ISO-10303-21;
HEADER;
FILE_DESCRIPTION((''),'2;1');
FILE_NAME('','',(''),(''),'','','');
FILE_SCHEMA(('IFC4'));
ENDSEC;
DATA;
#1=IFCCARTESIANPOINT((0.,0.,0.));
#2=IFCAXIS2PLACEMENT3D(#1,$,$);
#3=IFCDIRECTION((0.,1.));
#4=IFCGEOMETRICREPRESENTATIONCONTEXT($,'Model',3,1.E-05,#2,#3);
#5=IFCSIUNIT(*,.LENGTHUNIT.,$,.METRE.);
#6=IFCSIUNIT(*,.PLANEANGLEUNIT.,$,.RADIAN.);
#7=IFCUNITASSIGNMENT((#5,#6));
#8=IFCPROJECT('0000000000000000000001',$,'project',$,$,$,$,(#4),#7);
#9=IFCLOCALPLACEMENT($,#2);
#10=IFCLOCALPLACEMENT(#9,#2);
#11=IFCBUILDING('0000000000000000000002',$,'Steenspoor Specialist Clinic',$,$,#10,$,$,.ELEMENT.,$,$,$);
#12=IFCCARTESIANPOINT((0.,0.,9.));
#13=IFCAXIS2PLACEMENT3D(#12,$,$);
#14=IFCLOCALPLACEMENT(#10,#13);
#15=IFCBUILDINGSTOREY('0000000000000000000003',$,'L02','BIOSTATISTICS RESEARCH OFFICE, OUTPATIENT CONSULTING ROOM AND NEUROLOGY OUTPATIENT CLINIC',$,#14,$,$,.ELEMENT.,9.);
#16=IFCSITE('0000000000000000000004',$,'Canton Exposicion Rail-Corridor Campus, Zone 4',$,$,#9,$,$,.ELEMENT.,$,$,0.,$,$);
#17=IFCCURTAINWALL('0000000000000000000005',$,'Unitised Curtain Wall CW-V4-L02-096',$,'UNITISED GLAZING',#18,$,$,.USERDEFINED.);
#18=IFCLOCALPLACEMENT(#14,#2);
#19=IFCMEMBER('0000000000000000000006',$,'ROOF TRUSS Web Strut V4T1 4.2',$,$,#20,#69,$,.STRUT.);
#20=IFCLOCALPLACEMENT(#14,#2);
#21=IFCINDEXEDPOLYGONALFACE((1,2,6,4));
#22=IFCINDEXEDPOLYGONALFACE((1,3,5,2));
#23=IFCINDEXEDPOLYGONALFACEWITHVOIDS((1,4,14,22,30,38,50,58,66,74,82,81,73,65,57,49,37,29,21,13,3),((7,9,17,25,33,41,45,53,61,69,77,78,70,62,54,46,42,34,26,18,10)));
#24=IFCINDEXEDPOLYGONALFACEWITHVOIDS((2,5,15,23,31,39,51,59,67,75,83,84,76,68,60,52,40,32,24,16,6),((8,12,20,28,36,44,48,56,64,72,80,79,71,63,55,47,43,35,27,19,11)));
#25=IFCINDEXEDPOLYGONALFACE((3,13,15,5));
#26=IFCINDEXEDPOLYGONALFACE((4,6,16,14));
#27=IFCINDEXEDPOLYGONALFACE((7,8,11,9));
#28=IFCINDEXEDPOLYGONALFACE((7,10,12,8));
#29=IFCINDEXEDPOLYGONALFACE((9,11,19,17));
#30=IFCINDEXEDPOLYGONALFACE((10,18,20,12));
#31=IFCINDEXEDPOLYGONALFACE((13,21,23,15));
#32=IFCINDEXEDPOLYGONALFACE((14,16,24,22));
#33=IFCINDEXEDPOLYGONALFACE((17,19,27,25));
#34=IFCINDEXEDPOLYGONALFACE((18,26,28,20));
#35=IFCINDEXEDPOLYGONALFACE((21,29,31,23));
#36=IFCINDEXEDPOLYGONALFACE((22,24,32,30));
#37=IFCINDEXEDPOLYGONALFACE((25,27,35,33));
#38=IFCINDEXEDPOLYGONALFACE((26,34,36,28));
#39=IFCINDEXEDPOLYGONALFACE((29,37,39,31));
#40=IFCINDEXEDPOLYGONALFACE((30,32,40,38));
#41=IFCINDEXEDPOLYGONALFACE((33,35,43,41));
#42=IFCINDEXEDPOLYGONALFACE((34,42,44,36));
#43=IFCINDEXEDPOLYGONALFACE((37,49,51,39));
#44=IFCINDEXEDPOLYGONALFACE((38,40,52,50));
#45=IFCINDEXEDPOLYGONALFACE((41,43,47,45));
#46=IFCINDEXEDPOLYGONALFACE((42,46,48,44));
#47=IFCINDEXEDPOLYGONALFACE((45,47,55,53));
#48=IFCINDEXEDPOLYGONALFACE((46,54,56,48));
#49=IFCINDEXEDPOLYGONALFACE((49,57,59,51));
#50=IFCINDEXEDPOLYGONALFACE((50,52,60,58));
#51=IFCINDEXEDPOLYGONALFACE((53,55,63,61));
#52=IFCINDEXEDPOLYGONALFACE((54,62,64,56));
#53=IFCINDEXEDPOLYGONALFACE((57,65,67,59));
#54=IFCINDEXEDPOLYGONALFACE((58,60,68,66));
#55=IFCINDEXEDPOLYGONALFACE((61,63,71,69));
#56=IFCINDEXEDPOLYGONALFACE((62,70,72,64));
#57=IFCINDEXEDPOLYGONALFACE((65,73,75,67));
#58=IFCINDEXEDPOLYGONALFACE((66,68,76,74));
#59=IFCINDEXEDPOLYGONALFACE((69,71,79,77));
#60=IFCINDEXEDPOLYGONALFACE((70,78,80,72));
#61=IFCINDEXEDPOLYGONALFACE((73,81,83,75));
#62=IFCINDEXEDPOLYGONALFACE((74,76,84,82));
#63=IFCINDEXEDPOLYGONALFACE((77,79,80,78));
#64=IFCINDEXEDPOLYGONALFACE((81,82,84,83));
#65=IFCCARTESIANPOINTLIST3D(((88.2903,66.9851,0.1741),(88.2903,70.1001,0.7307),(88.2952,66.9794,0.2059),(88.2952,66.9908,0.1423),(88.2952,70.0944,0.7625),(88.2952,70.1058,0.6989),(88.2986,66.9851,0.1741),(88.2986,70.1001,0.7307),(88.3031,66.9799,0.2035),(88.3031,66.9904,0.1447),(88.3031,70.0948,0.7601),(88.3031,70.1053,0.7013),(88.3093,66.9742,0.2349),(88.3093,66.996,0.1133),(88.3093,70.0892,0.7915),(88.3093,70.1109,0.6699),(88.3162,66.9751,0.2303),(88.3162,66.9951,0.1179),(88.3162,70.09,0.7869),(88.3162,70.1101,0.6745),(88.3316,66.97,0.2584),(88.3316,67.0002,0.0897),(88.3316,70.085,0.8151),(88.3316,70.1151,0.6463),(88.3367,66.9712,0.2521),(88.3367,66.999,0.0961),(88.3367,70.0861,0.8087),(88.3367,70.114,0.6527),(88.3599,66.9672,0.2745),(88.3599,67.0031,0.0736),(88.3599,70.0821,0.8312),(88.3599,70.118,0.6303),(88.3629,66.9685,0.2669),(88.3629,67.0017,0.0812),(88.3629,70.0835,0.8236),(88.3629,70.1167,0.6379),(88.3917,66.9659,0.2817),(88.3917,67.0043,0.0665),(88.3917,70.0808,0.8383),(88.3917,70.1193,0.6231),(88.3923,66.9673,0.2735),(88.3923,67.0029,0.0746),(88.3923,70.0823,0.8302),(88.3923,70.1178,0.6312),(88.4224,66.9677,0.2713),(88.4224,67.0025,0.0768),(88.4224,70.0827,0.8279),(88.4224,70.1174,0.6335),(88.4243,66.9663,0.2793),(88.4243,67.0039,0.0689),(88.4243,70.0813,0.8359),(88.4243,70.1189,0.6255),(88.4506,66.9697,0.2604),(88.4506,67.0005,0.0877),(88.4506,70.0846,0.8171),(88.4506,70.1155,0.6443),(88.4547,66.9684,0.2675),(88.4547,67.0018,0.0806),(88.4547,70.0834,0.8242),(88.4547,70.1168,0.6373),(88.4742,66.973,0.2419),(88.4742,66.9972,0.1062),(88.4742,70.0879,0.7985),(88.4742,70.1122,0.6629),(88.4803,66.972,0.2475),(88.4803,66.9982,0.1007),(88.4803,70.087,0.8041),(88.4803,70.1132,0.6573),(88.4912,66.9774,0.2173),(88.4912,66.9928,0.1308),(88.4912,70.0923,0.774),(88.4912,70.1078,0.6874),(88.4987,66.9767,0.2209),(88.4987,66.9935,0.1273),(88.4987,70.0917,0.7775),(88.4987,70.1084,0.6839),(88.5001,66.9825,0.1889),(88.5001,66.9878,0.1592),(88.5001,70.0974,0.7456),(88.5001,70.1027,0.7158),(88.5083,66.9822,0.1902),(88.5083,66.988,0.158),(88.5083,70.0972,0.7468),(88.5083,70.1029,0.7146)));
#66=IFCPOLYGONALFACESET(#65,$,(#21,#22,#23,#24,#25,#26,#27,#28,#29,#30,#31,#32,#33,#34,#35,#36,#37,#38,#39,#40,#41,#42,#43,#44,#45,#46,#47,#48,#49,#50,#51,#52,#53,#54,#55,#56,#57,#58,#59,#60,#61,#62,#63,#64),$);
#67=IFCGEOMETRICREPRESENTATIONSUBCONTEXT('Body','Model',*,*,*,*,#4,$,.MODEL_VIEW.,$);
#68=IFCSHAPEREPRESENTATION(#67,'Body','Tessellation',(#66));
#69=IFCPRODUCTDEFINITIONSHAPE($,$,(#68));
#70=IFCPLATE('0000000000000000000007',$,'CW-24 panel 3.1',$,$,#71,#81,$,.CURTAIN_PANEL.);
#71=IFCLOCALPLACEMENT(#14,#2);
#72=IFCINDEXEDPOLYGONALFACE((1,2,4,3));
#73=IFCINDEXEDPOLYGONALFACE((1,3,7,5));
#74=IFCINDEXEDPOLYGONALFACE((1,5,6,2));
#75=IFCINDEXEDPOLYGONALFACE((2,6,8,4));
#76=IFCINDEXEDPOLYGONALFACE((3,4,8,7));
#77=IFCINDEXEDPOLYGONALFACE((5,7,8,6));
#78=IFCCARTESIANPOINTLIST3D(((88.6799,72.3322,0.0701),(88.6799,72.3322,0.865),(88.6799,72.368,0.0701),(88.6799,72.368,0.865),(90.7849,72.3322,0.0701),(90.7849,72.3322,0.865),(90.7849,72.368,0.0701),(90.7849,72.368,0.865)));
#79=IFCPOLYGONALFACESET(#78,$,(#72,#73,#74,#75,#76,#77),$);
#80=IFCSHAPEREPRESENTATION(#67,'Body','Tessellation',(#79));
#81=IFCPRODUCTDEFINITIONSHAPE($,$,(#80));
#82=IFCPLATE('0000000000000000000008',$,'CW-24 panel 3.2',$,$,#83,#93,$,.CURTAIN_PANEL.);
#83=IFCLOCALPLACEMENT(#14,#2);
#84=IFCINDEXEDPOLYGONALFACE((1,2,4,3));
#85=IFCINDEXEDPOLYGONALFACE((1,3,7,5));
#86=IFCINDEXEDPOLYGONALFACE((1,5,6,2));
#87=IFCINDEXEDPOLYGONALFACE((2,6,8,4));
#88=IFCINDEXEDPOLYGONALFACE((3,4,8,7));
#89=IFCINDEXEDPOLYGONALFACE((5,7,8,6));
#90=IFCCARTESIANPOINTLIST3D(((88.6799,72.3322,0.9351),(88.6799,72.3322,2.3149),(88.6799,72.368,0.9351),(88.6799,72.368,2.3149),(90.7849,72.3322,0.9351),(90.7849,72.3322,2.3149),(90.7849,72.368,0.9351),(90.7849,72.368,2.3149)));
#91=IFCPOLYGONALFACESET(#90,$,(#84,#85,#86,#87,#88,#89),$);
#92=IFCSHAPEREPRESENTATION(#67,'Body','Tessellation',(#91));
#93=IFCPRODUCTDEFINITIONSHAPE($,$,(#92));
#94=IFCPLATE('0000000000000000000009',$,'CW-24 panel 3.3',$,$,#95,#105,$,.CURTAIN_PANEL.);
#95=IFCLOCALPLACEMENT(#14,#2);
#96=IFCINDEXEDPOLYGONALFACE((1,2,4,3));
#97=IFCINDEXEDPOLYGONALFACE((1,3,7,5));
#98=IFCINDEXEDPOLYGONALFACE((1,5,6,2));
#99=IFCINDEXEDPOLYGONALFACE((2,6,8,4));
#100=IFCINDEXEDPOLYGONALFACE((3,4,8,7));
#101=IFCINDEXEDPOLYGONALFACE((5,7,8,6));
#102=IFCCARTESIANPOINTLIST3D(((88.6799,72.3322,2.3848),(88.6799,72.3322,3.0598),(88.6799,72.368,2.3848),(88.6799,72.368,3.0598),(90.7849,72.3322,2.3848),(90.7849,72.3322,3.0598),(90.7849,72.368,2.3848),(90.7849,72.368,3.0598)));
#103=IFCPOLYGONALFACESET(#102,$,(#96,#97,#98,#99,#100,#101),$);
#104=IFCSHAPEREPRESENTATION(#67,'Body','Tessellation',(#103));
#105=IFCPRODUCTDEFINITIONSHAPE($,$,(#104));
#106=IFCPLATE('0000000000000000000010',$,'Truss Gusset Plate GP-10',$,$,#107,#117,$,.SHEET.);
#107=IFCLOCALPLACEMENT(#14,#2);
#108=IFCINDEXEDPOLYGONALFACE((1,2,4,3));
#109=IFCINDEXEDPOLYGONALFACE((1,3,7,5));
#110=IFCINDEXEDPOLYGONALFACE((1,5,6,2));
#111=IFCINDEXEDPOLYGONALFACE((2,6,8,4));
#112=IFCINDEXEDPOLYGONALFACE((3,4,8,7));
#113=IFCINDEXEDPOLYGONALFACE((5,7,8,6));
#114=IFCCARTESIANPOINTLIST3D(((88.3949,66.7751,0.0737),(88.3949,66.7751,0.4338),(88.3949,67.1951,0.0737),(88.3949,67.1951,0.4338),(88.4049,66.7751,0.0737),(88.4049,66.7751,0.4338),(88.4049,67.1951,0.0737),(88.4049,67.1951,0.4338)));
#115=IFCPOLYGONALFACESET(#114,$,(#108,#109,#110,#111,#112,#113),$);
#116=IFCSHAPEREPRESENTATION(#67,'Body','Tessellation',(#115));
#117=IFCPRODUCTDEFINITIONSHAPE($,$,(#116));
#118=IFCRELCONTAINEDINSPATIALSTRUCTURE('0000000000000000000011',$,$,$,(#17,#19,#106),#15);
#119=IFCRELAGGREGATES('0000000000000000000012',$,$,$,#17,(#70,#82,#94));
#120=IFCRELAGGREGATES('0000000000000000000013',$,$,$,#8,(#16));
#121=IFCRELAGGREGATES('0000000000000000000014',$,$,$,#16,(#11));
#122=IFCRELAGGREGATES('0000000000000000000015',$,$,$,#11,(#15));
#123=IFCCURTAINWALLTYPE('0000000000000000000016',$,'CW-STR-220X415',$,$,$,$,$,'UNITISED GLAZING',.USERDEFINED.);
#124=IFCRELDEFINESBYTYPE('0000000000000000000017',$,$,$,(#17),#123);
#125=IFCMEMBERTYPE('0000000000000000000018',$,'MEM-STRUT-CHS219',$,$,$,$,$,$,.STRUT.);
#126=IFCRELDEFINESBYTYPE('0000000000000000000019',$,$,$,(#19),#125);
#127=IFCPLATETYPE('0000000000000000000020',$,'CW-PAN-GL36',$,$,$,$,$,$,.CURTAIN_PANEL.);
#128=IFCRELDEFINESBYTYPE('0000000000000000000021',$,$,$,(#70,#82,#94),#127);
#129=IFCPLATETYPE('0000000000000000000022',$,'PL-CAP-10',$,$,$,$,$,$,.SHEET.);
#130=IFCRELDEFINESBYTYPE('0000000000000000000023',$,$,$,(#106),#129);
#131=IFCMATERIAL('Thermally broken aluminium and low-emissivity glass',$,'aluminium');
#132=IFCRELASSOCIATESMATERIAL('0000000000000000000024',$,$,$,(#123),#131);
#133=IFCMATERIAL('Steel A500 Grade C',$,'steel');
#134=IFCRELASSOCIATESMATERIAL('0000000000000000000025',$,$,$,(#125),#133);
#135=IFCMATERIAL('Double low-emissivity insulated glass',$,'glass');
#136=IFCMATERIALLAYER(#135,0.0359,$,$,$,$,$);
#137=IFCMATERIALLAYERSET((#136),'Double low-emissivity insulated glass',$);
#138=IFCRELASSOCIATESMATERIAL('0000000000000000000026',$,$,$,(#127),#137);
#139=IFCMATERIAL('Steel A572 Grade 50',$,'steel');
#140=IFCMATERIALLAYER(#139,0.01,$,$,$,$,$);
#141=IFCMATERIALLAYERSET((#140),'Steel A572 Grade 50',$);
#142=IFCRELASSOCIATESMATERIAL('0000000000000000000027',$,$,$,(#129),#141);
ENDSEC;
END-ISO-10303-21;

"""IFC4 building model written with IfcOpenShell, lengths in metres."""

from ifc_helpers import new_model, si_unit, direction, frame, origin, origin_2d, place, context, subcontext, project, spatial, rectangle, hollow_circle, extrude, material, layer, layer_set, material_profile, profile_set, type_object, element, aggregate, save


model = new_model("IFC4")

# Units and contexts
model_context = context("Model", 3, precision=1e-05, world=origin(), true_north=direction((0.0, 1.0)))
body_context = subcontext(model_context, "Body", "Model", "MODEL_VIEW")
ifc_project = project(units=[si_unit("LENGTHUNIT", "METRE"), si_unit("PLANEANGLEUNIT", "RADIAN")], contexts=[model_context])

# Site, building, storey
site_placement = place(None, origin())
site = spatial("IfcSite", under=ifc_project, at=site_placement, Name="Canton Exposicion Rail-Corridor Campus, Zone 4", CompositionType="ELEMENT", RefElevation=0.0)
building_placement = place(site_placement, origin())
building = spatial("IfcBuilding", under=site, at=building_placement, Name="Steenspoor Specialist Clinic", CompositionType="ELEMENT")
storey_placement = place(building_placement, frame((0.0, 0.0, 9.0)))
storey = spatial("IfcBuildingStorey", under=building, at=storey_placement, Name="L02", Description="BIOSTATISTICS RESEARCH OFFICE, OUTPATIENT CONSULTING ROOM AND NEUROLOGY OUTPATIENT CLINIC", CompositionType="ELEMENT", Elevation=9.0)

# Curtain wall
ifc_material_1 = material(Name="Thermally broken aluminium and low-emissivity glass", Category="aluminium")
curtain_wall_type = type_object("IfcCurtainWallType", Name="CW-STR-220X415", ElementType="UNITISED GLAZING", PredefinedType="USERDEFINED", material=ifc_material_1)
curtain_wall_placement = place(storey_placement, origin())
curtain_wall = element("IfcCurtainWall", 1, at=curtain_wall_placement, inside=storey, type_object=curtain_wall_type, Name="Unitised Curtain Wall CW-V4-L02-096", ObjectType="UNITISED GLAZING", PredefinedType="USERDEFINED")

# Member
ifc_material_2 = material(Name="Steel A500 Grade C", Category="steel")
ifc_material_profile_1 = material_profile(ifc_material_2, hollow_circle(Radius=0.1096, WallThickness=0.0083, at=origin_2d()), Name="CHS219X8.2")
ifc_profile_set_1 = profile_set([ifc_material_profile_1], Name="Steel A500 Grade C")
member_type_1 = type_object("IfcMemberType", Name="MEM-STRUT-CHS219", PredefinedType="STRUT", material=ifc_profile_set_1)
member_1_placement = place(storey_placement, frame((88.3999, 66.9851, 0.1741), z_axis=(0.0, 0.984406, 0.175911), x_axis=(-1.0, 0.0, 0.0)))
element("IfcMember", 2, at=member_1_placement, inside=storey, type_object=member_type_1, Name="ROOF TRUSS Web Strut V4T1 4.2", PredefinedType="STRUT", context=body_context, shape_type="SweptSolid", body=[
    extrude(hollow_circle(Radius=0.1096, WallThickness=0.0083, at=origin_2d()), origin(), (0.0, 0.0, 1.0), 3.1643),
])

# Plates
ifc_material_3 = material(Name="Double low-emissivity insulated glass", Category="glass")
ifc_layer_1 = layer(ifc_material_3, 0.0359)
ifc_layer_set_1 = layer_set([ifc_layer_1], Name="Double low-emissivity insulated glass")
plate_type_1 = type_object("IfcPlateType", Name="CW-PAN-GL36", PredefinedType="CURTAIN_PANEL", material=ifc_layer_set_1)
plate_1_placement = place(storey_placement, frame((89.7324, 72.3501, 0.0701), z_axis=(0.0, 0.0, 1.0), x_axis=(-1.0, 0.0, 0.0)))
plate_1 = element("IfcPlate", 3, at=plate_1_placement, type_object=plate_type_1, Name="CW-24 panel 3.1", PredefinedType="CURTAIN_PANEL", context=body_context, shape_type="SweptSolid", body=[
    extrude(rectangle(XDim=2.105, YDim=0.0359, at=origin_2d()), origin(), (0.0, 0.0, 1.0), 0.7949),
])
plate_2_placement = place(storey_placement, frame((89.7324, 72.3501, 0.9351), z_axis=(0.0, 0.0, 1.0), x_axis=(-1.0, 0.0, 0.0)))
plate_2 = element("IfcPlate", 4, at=plate_2_placement, type_object=plate_type_1, Name="CW-24 panel 3.2", PredefinedType="CURTAIN_PANEL", context=body_context, shape_type="SweptSolid", body=[
    extrude(rectangle(XDim=2.105, YDim=0.0359, at=origin_2d()), origin(), (0.0, 0.0, 1.0), 1.3799),
])
plate_3_placement = place(storey_placement, frame((89.7324, 72.3501, 2.3848), z_axis=(0.0, 0.0, 1.0), x_axis=(-1.0, 0.0, 0.0)))
plate_3 = element("IfcPlate", 5, at=plate_3_placement, type_object=plate_type_1, Name="CW-24 panel 3.3", PredefinedType="CURTAIN_PANEL", context=body_context, shape_type="SweptSolid", body=[
    extrude(rectangle(XDim=2.105, YDim=0.0359, at=origin_2d()), origin(), (0.0, 0.0, 1.0), 0.675),
])
aggregate(curtain_wall, [plate_1, plate_2, plate_3])
ifc_material_4 = material(Name="Steel A572 Grade 50", Category="steel")
ifc_layer_2 = layer(ifc_material_4, 0.01)
ifc_layer_set_2 = layer_set([ifc_layer_2], Name="Steel A572 Grade 50")
plate_type_2 = type_object("IfcPlateType", Name="PL-CAP-10", PredefinedType="SHEET", material=ifc_layer_set_2)
plate_4_placement = place(storey_placement, frame((88.3999, 66.9851, 0.0737), z_axis=(0.0, 0.0, 1.0), x_axis=(1.0, 0.0, 0.0)))
element("IfcPlate", 6, at=plate_4_placement, inside=storey, type_object=plate_type_2, Name="Truss Gusset Plate GP-10", PredefinedType="SHEET", context=body_context, shape_type="SweptSolid", body=[
    extrude(rectangle(XDim=0.01, YDim=0.4199, at=origin_2d()), origin(), (0.0, 0.0, 1.0), 0.3601),
])

save(model, "model.ifc")
